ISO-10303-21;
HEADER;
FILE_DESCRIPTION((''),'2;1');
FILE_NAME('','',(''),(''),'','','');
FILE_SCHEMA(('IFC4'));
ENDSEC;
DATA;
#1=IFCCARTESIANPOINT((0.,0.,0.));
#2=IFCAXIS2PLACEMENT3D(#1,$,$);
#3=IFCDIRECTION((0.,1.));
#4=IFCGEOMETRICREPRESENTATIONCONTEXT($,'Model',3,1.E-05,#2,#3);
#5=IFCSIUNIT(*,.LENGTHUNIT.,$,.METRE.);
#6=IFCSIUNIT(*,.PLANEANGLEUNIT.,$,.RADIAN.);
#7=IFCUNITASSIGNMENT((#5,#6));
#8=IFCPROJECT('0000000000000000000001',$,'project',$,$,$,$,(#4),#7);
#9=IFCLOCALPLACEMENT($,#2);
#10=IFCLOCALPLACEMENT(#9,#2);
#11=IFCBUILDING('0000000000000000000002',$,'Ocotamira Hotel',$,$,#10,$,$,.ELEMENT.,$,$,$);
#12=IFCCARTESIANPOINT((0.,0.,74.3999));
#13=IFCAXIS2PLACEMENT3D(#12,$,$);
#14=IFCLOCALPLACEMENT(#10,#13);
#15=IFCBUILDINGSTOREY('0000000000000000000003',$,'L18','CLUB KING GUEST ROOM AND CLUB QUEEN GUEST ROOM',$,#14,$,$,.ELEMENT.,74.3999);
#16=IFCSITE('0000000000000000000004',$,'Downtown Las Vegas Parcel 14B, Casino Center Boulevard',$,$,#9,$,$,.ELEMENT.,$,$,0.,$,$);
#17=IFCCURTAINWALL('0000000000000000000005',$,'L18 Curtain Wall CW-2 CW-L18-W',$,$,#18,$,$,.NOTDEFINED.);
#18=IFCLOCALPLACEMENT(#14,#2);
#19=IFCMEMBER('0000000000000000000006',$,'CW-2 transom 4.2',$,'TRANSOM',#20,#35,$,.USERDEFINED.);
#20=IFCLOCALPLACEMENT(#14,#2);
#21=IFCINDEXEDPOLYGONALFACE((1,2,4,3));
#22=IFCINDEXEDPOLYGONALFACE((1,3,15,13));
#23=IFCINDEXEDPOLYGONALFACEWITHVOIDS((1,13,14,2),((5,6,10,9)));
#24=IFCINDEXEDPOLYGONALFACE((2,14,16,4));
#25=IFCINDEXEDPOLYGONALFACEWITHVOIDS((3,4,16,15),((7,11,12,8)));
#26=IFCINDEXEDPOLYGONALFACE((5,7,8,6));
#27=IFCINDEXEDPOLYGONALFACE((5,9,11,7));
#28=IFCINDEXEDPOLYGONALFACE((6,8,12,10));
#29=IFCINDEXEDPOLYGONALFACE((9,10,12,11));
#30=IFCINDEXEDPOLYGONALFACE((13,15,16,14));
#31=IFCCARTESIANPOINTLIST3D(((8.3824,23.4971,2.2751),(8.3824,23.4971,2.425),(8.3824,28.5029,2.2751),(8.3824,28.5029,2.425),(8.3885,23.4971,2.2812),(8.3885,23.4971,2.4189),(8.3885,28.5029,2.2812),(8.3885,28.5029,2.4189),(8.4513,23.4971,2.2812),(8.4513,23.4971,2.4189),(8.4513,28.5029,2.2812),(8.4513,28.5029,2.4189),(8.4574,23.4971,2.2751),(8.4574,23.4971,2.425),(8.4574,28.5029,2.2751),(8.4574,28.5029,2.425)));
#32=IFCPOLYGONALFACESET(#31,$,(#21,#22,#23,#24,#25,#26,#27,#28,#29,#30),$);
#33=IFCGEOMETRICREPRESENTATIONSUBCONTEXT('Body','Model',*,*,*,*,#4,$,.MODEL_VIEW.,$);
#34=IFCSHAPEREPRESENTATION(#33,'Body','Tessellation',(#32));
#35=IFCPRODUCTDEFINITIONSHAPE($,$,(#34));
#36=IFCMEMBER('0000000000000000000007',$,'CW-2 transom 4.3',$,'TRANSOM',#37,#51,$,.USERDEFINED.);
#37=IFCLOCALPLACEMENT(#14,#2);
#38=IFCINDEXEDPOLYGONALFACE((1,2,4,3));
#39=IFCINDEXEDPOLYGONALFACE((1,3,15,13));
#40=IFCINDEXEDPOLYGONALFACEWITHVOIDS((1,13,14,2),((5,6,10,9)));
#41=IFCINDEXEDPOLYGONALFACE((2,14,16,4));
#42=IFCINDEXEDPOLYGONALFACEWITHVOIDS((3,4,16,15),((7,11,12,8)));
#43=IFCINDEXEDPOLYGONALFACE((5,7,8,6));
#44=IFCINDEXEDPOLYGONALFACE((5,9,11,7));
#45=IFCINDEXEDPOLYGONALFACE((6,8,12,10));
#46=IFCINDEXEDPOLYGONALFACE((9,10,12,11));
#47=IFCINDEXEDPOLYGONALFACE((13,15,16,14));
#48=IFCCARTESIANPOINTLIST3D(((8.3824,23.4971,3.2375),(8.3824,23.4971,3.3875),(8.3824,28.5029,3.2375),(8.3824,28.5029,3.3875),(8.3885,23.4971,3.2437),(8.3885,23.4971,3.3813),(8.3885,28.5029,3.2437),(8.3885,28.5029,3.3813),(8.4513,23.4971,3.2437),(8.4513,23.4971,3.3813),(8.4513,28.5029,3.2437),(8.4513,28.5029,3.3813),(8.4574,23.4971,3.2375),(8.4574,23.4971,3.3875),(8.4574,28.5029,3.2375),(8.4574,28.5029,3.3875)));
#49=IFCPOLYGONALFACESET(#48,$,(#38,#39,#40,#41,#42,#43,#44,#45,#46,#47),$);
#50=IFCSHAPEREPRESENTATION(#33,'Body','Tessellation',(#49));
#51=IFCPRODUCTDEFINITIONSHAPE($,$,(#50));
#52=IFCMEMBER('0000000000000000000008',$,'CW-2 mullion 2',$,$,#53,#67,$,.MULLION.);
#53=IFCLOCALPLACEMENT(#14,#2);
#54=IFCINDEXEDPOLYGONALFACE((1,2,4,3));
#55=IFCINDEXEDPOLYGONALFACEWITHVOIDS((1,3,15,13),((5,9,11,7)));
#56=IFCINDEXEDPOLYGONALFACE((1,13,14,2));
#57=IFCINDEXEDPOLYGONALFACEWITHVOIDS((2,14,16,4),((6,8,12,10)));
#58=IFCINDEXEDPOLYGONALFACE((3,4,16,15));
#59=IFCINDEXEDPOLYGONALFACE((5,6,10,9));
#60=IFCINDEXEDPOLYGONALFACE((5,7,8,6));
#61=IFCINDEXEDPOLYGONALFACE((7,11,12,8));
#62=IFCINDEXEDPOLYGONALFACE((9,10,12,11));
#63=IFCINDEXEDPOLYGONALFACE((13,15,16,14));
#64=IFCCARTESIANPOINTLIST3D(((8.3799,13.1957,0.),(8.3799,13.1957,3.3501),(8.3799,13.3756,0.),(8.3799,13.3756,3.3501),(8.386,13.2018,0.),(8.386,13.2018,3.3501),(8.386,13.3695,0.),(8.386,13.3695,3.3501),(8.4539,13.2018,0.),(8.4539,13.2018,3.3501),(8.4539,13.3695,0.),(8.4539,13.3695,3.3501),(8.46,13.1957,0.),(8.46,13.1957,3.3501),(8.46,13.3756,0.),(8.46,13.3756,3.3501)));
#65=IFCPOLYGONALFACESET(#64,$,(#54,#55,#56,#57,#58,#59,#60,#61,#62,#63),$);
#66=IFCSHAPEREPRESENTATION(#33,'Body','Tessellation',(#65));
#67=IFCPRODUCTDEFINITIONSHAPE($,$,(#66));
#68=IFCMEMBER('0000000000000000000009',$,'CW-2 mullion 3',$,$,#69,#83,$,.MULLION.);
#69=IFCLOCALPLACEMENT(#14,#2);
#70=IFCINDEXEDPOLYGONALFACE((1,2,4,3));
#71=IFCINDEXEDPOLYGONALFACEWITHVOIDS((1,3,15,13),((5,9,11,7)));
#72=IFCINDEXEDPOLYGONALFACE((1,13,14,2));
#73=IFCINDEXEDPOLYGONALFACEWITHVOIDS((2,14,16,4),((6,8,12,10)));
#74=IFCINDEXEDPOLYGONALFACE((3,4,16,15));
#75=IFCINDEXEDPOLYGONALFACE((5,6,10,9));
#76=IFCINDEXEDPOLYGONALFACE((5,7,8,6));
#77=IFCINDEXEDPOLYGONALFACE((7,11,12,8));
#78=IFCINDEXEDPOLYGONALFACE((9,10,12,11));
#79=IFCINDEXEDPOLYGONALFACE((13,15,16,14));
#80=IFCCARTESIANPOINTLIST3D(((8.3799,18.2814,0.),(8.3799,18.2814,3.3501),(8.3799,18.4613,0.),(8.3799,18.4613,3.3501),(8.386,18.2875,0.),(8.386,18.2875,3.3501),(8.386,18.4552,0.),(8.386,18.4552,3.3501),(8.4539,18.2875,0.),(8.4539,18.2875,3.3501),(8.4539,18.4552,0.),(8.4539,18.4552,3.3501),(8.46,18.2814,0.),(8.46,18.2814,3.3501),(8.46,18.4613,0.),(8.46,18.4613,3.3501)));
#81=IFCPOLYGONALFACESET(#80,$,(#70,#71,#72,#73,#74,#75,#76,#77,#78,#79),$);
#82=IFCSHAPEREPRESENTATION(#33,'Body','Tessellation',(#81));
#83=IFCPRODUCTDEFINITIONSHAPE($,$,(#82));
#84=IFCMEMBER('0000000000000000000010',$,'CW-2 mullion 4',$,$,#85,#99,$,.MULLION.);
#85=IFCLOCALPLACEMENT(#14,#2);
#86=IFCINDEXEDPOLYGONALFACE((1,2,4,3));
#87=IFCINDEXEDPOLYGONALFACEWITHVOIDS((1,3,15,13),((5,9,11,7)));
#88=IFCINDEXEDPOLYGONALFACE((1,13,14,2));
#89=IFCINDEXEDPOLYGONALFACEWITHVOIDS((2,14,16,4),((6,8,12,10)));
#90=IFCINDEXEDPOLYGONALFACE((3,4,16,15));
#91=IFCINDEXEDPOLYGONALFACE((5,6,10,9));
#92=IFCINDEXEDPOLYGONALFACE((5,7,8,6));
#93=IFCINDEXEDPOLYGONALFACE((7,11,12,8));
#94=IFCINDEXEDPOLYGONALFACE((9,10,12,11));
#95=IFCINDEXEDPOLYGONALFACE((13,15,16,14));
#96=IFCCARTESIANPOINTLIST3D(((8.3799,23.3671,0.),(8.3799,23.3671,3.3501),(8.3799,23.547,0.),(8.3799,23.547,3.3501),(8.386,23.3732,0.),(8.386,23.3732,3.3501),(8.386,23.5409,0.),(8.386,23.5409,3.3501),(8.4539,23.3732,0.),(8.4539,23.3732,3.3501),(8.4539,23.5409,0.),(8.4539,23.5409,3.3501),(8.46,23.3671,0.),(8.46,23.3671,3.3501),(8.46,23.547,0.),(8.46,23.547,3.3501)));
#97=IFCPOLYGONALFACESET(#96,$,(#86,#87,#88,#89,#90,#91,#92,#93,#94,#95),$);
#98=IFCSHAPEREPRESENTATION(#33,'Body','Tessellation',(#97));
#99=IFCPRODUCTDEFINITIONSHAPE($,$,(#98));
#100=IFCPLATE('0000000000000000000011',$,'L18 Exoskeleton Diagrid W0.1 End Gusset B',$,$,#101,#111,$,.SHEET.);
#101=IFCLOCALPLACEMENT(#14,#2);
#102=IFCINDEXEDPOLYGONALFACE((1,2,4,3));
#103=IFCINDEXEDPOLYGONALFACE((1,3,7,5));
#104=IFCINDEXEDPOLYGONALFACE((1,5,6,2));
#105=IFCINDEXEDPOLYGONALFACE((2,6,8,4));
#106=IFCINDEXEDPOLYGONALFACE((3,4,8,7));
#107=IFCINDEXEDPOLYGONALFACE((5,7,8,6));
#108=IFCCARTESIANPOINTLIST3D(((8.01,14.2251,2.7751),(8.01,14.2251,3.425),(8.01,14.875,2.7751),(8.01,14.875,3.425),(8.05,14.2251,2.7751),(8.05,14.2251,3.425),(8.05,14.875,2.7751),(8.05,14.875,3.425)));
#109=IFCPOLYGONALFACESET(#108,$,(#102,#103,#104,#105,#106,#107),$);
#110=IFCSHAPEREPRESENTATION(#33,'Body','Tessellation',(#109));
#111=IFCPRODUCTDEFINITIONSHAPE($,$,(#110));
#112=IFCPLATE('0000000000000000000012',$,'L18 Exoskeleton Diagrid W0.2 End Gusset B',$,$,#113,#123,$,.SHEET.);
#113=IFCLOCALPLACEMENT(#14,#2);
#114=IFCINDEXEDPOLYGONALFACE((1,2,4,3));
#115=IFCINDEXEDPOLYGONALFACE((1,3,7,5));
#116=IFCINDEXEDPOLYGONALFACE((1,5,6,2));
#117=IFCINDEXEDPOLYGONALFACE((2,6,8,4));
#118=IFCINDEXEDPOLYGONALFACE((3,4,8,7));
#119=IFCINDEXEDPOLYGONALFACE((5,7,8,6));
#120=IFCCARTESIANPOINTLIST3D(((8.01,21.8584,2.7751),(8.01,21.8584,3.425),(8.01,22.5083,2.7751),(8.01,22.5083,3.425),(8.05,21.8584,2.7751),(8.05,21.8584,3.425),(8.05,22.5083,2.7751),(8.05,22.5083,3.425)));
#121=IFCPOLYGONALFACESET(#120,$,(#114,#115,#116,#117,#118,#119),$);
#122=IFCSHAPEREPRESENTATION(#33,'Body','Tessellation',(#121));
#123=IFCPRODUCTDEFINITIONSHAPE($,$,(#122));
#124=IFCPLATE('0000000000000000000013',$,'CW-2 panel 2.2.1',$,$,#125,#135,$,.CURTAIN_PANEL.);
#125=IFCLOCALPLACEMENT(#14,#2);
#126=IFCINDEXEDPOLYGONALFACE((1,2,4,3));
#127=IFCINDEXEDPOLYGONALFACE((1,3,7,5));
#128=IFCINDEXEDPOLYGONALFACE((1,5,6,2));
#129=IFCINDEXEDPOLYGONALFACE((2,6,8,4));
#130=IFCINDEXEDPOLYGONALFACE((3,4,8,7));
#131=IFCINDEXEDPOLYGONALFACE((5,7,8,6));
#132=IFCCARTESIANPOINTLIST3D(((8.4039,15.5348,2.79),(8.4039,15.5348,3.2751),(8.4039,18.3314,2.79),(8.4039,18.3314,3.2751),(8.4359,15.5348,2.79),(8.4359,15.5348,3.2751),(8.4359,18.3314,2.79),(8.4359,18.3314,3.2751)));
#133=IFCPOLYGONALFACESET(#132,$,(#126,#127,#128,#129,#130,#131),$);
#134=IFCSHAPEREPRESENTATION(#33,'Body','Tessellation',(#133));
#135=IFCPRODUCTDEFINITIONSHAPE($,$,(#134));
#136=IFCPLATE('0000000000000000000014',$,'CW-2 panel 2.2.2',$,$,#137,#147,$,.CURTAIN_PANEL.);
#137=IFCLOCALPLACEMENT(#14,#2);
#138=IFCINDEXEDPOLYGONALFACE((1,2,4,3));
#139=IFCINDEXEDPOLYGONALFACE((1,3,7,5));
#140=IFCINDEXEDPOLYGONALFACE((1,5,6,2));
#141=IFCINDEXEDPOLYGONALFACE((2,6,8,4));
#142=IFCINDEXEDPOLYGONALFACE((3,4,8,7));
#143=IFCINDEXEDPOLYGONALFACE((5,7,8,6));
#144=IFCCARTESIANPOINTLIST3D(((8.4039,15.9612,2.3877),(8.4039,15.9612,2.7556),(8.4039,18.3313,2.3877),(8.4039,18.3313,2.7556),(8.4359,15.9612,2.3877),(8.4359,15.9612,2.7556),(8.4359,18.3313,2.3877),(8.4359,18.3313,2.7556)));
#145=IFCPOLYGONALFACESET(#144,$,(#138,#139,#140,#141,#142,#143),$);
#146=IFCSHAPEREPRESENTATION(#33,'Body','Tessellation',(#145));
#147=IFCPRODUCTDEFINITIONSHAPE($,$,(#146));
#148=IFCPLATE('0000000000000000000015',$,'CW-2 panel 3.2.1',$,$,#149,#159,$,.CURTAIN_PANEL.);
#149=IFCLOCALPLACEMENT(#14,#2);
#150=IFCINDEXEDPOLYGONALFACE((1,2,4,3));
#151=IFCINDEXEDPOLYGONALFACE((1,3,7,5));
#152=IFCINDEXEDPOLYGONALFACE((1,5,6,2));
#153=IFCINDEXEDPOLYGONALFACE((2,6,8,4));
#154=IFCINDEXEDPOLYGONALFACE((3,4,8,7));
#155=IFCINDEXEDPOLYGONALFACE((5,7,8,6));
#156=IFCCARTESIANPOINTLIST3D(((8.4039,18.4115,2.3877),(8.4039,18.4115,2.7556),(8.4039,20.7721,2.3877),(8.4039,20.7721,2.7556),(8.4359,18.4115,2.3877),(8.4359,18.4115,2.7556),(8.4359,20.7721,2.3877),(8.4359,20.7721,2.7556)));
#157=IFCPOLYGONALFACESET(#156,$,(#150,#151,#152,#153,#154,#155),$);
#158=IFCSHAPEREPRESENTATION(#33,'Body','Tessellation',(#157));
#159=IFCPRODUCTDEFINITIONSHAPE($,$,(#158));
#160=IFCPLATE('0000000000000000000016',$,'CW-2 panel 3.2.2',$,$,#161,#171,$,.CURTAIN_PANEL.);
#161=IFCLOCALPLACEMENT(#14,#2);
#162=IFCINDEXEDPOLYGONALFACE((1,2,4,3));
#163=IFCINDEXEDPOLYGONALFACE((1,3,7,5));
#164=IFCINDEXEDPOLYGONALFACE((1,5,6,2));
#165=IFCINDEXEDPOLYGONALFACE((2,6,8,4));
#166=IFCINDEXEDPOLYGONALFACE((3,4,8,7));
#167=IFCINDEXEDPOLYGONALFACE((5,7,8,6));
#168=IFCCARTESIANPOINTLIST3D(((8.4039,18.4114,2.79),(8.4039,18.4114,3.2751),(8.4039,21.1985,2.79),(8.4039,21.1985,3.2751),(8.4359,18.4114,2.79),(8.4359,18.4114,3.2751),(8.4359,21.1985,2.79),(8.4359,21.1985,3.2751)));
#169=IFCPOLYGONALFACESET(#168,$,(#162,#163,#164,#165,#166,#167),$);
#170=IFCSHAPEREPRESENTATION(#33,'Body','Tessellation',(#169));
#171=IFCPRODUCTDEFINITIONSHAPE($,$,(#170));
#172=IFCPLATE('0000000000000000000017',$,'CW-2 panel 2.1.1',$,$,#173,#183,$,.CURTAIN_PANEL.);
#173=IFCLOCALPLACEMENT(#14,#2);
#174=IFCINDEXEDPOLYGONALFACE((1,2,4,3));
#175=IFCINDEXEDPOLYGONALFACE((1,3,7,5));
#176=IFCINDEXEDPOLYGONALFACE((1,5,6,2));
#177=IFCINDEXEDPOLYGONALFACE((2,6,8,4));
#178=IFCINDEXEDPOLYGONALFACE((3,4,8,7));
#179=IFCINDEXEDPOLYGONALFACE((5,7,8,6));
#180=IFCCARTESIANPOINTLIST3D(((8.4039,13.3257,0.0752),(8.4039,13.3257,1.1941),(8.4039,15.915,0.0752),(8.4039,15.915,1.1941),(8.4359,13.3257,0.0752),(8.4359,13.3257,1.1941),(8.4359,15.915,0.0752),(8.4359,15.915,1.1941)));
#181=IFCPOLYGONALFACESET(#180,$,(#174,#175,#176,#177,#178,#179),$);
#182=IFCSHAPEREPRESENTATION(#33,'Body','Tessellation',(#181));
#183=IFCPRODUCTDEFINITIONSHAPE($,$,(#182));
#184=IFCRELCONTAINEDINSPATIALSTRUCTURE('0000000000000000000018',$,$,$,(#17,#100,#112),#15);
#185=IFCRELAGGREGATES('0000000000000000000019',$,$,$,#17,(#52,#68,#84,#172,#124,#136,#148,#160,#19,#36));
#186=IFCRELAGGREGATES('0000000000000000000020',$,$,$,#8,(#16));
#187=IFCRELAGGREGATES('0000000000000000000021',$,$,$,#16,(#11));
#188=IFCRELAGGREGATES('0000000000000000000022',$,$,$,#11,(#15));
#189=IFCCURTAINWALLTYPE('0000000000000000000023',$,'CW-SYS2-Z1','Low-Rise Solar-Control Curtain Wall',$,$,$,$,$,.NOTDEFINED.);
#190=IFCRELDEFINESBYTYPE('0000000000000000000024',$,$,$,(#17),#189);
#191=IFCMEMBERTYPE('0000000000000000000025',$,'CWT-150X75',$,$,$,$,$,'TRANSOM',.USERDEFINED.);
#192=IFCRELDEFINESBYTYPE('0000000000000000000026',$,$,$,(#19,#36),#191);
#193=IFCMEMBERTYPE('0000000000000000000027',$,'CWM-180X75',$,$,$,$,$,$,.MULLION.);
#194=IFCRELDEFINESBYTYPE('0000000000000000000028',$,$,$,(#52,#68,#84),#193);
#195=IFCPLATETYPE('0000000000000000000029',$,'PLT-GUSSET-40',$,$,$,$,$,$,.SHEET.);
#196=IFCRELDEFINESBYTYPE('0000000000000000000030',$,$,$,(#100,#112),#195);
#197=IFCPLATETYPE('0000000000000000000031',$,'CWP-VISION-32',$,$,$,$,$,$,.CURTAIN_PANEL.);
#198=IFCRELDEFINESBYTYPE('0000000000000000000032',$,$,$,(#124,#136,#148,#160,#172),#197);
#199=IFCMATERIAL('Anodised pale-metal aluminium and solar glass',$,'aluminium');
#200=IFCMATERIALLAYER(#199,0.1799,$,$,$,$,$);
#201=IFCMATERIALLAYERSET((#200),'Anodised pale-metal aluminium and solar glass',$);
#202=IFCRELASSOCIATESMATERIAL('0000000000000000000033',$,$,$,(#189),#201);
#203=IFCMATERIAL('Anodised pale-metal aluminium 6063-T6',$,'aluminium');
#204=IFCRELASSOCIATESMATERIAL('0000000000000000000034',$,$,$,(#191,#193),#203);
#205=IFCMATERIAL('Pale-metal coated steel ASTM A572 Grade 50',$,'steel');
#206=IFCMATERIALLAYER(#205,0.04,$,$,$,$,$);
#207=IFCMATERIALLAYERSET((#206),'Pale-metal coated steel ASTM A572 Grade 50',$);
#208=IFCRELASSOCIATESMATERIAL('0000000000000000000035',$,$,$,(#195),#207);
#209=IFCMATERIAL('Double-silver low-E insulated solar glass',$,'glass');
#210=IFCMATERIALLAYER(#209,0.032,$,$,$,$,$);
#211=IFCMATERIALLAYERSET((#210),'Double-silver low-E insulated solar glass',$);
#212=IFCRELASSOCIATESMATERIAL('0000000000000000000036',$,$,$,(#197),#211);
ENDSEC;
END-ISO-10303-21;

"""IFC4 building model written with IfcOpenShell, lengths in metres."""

from ifc_helpers import new_model, si_unit, direction, frame, origin, origin_2d, place, context, subcontext, project, spatial, rectangle, hollow_rectangle, extrude, source, transform, mapped, material, layer, layer_set, material_profile, profile_set, type_object, element, aggregate, save


model = new_model("IFC4")

# Units and contexts
model_context = context("Model", 3, precision=1e-05, world=origin(), true_north=direction((0.0, 1.0)))
body_context = subcontext(model_context, "Body", "Model", "MODEL_VIEW")
ifc_project = project(units=[si_unit("LENGTHUNIT", "METRE"), si_unit("PLANEANGLEUNIT", "RADIAN")], contexts=[model_context])

# Site, building, storey
site_placement = place(None, origin())
site = spatial("IfcSite", under=ifc_project, at=site_placement, Name="Downtown Las Vegas Parcel 14B, Casino Center Boulevard", CompositionType="ELEMENT", RefElevation=0.0)
building_placement = place(site_placement, origin())
building = spatial("IfcBuilding", under=site, at=building_placement, Name="Ocotamira Hotel", CompositionType="ELEMENT")
storey_placement = place(building_placement, frame((0.0, 0.0, 74.3999)))
storey = spatial("IfcBuildingStorey", under=building, at=storey_placement, Name="L18", Description="CLUB KING GUEST ROOM AND CLUB QUEEN GUEST ROOM", CompositionType="ELEMENT", Elevation=74.3999)

# Curtain wall, members
ifc_material_1 = material(Name="Anodised pale-metal aluminium and solar glass", Category="aluminium")
ifc_layer_1 = layer(ifc_material_1, 0.1799)
ifc_layer_set_1 = layer_set([ifc_layer_1], Name="Anodised pale-metal aluminium and solar glass")
curtain_wall_type = type_object("IfcCurtainWallType", Name="CW-SYS2-Z1", Description="Low-Rise Solar-Control Curtain Wall", PredefinedType="NOTDEFINED", material=ifc_layer_set_1)
curtain_wall_placement = place(storey_placement, origin())
curtain_wall = element("IfcCurtainWall", 1, at=curtain_wall_placement, inside=storey, type_object=curtain_wall_type, Name="L18 Curtain Wall CW-2 CW-L18-W", PredefinedType="NOTDEFINED")
ifc_material_2 = material(Name="Anodised pale-metal aluminium 6063-T6", Category="aluminium")
ifc_material_profile_1 = material_profile(ifc_material_2, hollow_rectangle(XDim=0.075, YDim=0.1499, WallThickness=0.0061, at=origin_2d()), Name="HSS150X75X6")
ifc_profile_set_1 = profile_set([ifc_material_profile_1], Name="Anodised pale-metal aluminium 6063-T6")
member_type_1 = type_object("IfcMemberType", Name="CWT-150X75", ElementType="TRANSOM", PredefinedType="USERDEFINED", material=ifc_profile_set_1)
shared_shape_1 = source(origin(), body_context, "Body", "SweptSolid", [
    extrude(hollow_rectangle(XDim=0.075, YDim=0.1499, WallThickness=0.0061, at=origin_2d()), origin(), (0.0, 0.0, 1.0), 5.0059),
])
member_1_placement = place(storey_placement, frame((8.4199, 23.4971, 2.3501), z_axis=(0.0, 1.0, 0.0), x_axis=(-1.0, 0.0, 0.0)))
member_1 = element("IfcMember", 2, at=member_1_placement, type_object=member_type_1, Name="CW-2 transom 4.2", ObjectType="TRANSOM", PredefinedType="USERDEFINED", context=body_context, shape_type="MappedRepresentation", body=[
    mapped(shared_shape_1, transform((0.0, 0.0, 0.0), scale=1.0)),
])
member_2_placement = place(storey_placement, frame((8.4199, 23.4971, 3.3125), z_axis=(0.0, 1.0, 0.0), x_axis=(-1.0, 0.0, 0.0)))
member_2 = element("IfcMember", 3, at=member_2_placement, type_object=member_type_1, Name="CW-2 transom 4.3", ObjectType="TRANSOM", PredefinedType="USERDEFINED", context=body_context, shape_type="MappedRepresentation", body=[
    mapped(shared_shape_1, transform((0.0, 0.0, 0.0), scale=1.0)),
])
ifc_material_profile_2 = material_profile(ifc_material_2, hollow_rectangle(XDim=0.0801, YDim=0.1799, WallThickness=0.0061, at=origin_2d()), Name="HSS180X80X6")
ifc_profile_set_2 = profile_set([ifc_material_profile_2], Name="Anodised pale-metal aluminium 6063-T6")
member_type_2 = type_object("IfcMemberType", Name="CWM-180X75", PredefinedType="MULLION", material=ifc_profile_set_2)
shared_shape_2 = source(origin(), body_context, "Body", "SweptSolid", [
    extrude(hollow_rectangle(XDim=0.0801, YDim=0.1799, WallThickness=0.0061, at=origin_2d()), origin(), (0.0, 0.0, 1.0), 3.3501),
])
member_3_placement = place(storey_placement, frame((8.4199, 13.2856, 0.0), z_axis=(0.0, 0.0, 1.0), x_axis=(-1.0, 0.0, 0.0)))
member_3 = element("IfcMember", 4, at=member_3_placement, type_object=member_type_2, Name="CW-2 mullion 2", PredefinedType="MULLION", context=body_context, shape_type="MappedRepresentation", body=[
    mapped(shared_shape_2, transform((0.0, 0.0, 0.0), scale=1.0)),
])
member_4_placement = place(storey_placement, frame((8.4199, 18.3713, 0.0), z_axis=(0.0, 0.0, 1.0), x_axis=(-1.0, 0.0, 0.0)))
member_4 = element("IfcMember", 5, at=member_4_placement, type_object=member_type_2, Name="CW-2 mullion 3", PredefinedType="MULLION", context=body_context, shape_type="MappedRepresentation", body=[
    mapped(shared_shape_2, transform((0.0, 0.0, 0.0), scale=1.0)),
])
member_5_placement = place(storey_placement, frame((8.4199, 23.457, 0.0), z_axis=(0.0, 0.0, 1.0), x_axis=(-1.0, 0.0, 0.0)))
member_5 = element("IfcMember", 6, at=member_5_placement, type_object=member_type_2, Name="CW-2 mullion 4", PredefinedType="MULLION", context=body_context, shape_type="MappedRepresentation", body=[
    mapped(shared_shape_2, transform((0.0, 0.0, 0.0), scale=1.0)),
])

# Plates
ifc_material_3 = material(Name="Pale-metal coated steel ASTM A572 Grade 50", Category="steel")
ifc_layer_2 = layer(ifc_material_3, 0.04)
ifc_layer_set_2 = layer_set([ifc_layer_2], Name="Pale-metal coated steel ASTM A572 Grade 50")
plate_type_1 = type_object("IfcPlateType", Name="PLT-GUSSET-40", PredefinedType="SHEET", material=ifc_layer_set_2)
shared_shape_3 = source(origin(), body_context, "Body", "SweptSolid", [
    extrude(rectangle(XDim=0.04, YDim=0.6499, at=origin_2d()), origin(), (0.0, 0.0, 1.0), 0.6499),
])
for number, where, z_axis, x_axis, name in (
    (7, (8.03, 14.55, 2.7751), (0.0, 0.0, 1.0), (1.0, 0.0, 0.0), "L18 Exoskeleton Diagrid W0.1 End Gusset B"),
    (8, (8.03, 22.1833, 2.7751), (0.0, 0.0, 1.0), (1.0, 0.0, 0.0), "L18 Exoskeleton Diagrid W0.2 End Gusset B"),
):
    element("IfcPlate", number, at=place(storey_placement, frame(where, z_axis=z_axis, x_axis=x_axis)), inside=storey, type_object=plate_type_1, Name=name, PredefinedType="SHEET", context=body_context, shape_type="MappedRepresentation", body=[
        mapped(shared_shape_3, transform((0.0, 0.0, 0.0), scale=1.0)),
    ])

# Plates
ifc_material_4 = material(Name="Double-silver low-E insulated solar glass", Category="glass")
ifc_layer_3 = layer(ifc_material_4, 0.032)
ifc_layer_set_3 = layer_set([ifc_layer_3], Name="Double-silver low-E insulated solar glass")
plate_type_2 = type_object("IfcPlateType", Name="CWP-VISION-32", PredefinedType="CURTAIN_PANEL", material=ifc_layer_set_3)
shared_shape_4 = source(origin(), body_context, "Body", "SweptSolid", [
    extrude(rectangle(XDim=2.7966, YDim=0.032, at=origin_2d()), origin(), (0.0, 0.0, 1.0), 0.4851),
])
plate_1_placement = place(storey_placement, frame((8.4199, 16.9331, 2.79), z_axis=(0.0, 0.0, 1.0), x_axis=(0.0, 1.0, 0.0)))
plate_1 = element("IfcPlate", 9, at=plate_1_placement, type_object=plate_type_2, Name="CW-2 panel 2.2.1", PredefinedType="CURTAIN_PANEL", context=body_context, shape_type="MappedRepresentation", body=[
    mapped(shared_shape_4, transform((0.0, 0.0, 0.0), scale=1.0)),
])
shared_shape_5 = source(origin(), body_context, "Body", "SweptSolid", [
    extrude(rectangle(XDim=2.3701, YDim=0.032, at=origin_2d()), origin(), (0.0, 0.0, 1.0), 0.3679),
])
plate_2_placement = place(storey_placement, frame((8.4199, 17.1462, 2.3877), z_axis=(0.0, 0.0, 1.0), x_axis=(0.0, 1.0, 0.0)))
plate_2 = element("IfcPlate", 10, at=plate_2_placement, type_object=plate_type_2, Name="CW-2 panel 2.2.2", PredefinedType="CURTAIN_PANEL", context=body_context, shape_type="MappedRepresentation", body=[
    mapped(shared_shape_5, transform((0.0, 0.0, 0.0), scale=1.0)),
])
shared_shape_6 = source(origin(), body_context, "Body", "SweptSolid", [
    extrude(rectangle(XDim=2.3606, YDim=0.032, at=origin_2d()), origin(), (0.0, 0.0, 1.0), 0.3679),
])
plate_3_placement = place(storey_placement, frame((8.4199, 19.5918, 2.3877), z_axis=(0.0, 0.0, 1.0), x_axis=(0.0, 1.0, 0.0)))
plate_3 = element("IfcPlate", 11, at=plate_3_placement, type_object=plate_type_2, Name="CW-2 panel 3.2.1", PredefinedType="CURTAIN_PANEL", context=body_context, shape_type="MappedRepresentation", body=[
    mapped(shared_shape_6, transform((0.0, 0.0, 0.0), scale=1.0)),
])
shared_shape_7 = source(origin(), body_context, "Body", "SweptSolid", [
    extrude(rectangle(XDim=2.7871, YDim=0.032, at=origin_2d()), origin(), (0.0, 0.0, 1.0), 0.4851),
])
plate_4_placement = place(storey_placement, frame((8.4199, 19.8049, 2.79), z_axis=(0.0, 0.0, 1.0), x_axis=(0.0, 1.0, 0.0)))
plate_4 = element("IfcPlate", 12, at=plate_4_placement, type_object=plate_type_2, Name="CW-2 panel 3.2.2", PredefinedType="CURTAIN_PANEL", context=body_context, shape_type="MappedRepresentation", body=[
    mapped(shared_shape_7, transform((0.0, 0.0, 0.0), scale=1.0)),
])
shared_shape_8 = source(origin(), body_context, "Body", "SweptSolid", [
    extrude(rectangle(XDim=2.5894, YDim=0.032, at=origin_2d()), origin(), (0.0, 0.0, 1.0), 1.1189),
])
plate_5_placement = place(storey_placement, frame((8.4199, 14.6204, 0.0752), z_axis=(0.0, 0.0, 1.0), x_axis=(0.0, 1.0, 0.0)))
plate_5 = element("IfcPlate", 13, at=plate_5_placement, type_object=plate_type_2, Name="CW-2 panel 2.1.1", PredefinedType="CURTAIN_PANEL", context=body_context, shape_type="MappedRepresentation", body=[
    mapped(shared_shape_8, transform((0.0, 0.0, 0.0), scale=1.0)),
])
aggregate(curtain_wall, [member_3, member_4, member_5, plate_5, plate_1, plate_2, plate_3, plate_4, member_1, member_2])

save(model, "model.ifc")
